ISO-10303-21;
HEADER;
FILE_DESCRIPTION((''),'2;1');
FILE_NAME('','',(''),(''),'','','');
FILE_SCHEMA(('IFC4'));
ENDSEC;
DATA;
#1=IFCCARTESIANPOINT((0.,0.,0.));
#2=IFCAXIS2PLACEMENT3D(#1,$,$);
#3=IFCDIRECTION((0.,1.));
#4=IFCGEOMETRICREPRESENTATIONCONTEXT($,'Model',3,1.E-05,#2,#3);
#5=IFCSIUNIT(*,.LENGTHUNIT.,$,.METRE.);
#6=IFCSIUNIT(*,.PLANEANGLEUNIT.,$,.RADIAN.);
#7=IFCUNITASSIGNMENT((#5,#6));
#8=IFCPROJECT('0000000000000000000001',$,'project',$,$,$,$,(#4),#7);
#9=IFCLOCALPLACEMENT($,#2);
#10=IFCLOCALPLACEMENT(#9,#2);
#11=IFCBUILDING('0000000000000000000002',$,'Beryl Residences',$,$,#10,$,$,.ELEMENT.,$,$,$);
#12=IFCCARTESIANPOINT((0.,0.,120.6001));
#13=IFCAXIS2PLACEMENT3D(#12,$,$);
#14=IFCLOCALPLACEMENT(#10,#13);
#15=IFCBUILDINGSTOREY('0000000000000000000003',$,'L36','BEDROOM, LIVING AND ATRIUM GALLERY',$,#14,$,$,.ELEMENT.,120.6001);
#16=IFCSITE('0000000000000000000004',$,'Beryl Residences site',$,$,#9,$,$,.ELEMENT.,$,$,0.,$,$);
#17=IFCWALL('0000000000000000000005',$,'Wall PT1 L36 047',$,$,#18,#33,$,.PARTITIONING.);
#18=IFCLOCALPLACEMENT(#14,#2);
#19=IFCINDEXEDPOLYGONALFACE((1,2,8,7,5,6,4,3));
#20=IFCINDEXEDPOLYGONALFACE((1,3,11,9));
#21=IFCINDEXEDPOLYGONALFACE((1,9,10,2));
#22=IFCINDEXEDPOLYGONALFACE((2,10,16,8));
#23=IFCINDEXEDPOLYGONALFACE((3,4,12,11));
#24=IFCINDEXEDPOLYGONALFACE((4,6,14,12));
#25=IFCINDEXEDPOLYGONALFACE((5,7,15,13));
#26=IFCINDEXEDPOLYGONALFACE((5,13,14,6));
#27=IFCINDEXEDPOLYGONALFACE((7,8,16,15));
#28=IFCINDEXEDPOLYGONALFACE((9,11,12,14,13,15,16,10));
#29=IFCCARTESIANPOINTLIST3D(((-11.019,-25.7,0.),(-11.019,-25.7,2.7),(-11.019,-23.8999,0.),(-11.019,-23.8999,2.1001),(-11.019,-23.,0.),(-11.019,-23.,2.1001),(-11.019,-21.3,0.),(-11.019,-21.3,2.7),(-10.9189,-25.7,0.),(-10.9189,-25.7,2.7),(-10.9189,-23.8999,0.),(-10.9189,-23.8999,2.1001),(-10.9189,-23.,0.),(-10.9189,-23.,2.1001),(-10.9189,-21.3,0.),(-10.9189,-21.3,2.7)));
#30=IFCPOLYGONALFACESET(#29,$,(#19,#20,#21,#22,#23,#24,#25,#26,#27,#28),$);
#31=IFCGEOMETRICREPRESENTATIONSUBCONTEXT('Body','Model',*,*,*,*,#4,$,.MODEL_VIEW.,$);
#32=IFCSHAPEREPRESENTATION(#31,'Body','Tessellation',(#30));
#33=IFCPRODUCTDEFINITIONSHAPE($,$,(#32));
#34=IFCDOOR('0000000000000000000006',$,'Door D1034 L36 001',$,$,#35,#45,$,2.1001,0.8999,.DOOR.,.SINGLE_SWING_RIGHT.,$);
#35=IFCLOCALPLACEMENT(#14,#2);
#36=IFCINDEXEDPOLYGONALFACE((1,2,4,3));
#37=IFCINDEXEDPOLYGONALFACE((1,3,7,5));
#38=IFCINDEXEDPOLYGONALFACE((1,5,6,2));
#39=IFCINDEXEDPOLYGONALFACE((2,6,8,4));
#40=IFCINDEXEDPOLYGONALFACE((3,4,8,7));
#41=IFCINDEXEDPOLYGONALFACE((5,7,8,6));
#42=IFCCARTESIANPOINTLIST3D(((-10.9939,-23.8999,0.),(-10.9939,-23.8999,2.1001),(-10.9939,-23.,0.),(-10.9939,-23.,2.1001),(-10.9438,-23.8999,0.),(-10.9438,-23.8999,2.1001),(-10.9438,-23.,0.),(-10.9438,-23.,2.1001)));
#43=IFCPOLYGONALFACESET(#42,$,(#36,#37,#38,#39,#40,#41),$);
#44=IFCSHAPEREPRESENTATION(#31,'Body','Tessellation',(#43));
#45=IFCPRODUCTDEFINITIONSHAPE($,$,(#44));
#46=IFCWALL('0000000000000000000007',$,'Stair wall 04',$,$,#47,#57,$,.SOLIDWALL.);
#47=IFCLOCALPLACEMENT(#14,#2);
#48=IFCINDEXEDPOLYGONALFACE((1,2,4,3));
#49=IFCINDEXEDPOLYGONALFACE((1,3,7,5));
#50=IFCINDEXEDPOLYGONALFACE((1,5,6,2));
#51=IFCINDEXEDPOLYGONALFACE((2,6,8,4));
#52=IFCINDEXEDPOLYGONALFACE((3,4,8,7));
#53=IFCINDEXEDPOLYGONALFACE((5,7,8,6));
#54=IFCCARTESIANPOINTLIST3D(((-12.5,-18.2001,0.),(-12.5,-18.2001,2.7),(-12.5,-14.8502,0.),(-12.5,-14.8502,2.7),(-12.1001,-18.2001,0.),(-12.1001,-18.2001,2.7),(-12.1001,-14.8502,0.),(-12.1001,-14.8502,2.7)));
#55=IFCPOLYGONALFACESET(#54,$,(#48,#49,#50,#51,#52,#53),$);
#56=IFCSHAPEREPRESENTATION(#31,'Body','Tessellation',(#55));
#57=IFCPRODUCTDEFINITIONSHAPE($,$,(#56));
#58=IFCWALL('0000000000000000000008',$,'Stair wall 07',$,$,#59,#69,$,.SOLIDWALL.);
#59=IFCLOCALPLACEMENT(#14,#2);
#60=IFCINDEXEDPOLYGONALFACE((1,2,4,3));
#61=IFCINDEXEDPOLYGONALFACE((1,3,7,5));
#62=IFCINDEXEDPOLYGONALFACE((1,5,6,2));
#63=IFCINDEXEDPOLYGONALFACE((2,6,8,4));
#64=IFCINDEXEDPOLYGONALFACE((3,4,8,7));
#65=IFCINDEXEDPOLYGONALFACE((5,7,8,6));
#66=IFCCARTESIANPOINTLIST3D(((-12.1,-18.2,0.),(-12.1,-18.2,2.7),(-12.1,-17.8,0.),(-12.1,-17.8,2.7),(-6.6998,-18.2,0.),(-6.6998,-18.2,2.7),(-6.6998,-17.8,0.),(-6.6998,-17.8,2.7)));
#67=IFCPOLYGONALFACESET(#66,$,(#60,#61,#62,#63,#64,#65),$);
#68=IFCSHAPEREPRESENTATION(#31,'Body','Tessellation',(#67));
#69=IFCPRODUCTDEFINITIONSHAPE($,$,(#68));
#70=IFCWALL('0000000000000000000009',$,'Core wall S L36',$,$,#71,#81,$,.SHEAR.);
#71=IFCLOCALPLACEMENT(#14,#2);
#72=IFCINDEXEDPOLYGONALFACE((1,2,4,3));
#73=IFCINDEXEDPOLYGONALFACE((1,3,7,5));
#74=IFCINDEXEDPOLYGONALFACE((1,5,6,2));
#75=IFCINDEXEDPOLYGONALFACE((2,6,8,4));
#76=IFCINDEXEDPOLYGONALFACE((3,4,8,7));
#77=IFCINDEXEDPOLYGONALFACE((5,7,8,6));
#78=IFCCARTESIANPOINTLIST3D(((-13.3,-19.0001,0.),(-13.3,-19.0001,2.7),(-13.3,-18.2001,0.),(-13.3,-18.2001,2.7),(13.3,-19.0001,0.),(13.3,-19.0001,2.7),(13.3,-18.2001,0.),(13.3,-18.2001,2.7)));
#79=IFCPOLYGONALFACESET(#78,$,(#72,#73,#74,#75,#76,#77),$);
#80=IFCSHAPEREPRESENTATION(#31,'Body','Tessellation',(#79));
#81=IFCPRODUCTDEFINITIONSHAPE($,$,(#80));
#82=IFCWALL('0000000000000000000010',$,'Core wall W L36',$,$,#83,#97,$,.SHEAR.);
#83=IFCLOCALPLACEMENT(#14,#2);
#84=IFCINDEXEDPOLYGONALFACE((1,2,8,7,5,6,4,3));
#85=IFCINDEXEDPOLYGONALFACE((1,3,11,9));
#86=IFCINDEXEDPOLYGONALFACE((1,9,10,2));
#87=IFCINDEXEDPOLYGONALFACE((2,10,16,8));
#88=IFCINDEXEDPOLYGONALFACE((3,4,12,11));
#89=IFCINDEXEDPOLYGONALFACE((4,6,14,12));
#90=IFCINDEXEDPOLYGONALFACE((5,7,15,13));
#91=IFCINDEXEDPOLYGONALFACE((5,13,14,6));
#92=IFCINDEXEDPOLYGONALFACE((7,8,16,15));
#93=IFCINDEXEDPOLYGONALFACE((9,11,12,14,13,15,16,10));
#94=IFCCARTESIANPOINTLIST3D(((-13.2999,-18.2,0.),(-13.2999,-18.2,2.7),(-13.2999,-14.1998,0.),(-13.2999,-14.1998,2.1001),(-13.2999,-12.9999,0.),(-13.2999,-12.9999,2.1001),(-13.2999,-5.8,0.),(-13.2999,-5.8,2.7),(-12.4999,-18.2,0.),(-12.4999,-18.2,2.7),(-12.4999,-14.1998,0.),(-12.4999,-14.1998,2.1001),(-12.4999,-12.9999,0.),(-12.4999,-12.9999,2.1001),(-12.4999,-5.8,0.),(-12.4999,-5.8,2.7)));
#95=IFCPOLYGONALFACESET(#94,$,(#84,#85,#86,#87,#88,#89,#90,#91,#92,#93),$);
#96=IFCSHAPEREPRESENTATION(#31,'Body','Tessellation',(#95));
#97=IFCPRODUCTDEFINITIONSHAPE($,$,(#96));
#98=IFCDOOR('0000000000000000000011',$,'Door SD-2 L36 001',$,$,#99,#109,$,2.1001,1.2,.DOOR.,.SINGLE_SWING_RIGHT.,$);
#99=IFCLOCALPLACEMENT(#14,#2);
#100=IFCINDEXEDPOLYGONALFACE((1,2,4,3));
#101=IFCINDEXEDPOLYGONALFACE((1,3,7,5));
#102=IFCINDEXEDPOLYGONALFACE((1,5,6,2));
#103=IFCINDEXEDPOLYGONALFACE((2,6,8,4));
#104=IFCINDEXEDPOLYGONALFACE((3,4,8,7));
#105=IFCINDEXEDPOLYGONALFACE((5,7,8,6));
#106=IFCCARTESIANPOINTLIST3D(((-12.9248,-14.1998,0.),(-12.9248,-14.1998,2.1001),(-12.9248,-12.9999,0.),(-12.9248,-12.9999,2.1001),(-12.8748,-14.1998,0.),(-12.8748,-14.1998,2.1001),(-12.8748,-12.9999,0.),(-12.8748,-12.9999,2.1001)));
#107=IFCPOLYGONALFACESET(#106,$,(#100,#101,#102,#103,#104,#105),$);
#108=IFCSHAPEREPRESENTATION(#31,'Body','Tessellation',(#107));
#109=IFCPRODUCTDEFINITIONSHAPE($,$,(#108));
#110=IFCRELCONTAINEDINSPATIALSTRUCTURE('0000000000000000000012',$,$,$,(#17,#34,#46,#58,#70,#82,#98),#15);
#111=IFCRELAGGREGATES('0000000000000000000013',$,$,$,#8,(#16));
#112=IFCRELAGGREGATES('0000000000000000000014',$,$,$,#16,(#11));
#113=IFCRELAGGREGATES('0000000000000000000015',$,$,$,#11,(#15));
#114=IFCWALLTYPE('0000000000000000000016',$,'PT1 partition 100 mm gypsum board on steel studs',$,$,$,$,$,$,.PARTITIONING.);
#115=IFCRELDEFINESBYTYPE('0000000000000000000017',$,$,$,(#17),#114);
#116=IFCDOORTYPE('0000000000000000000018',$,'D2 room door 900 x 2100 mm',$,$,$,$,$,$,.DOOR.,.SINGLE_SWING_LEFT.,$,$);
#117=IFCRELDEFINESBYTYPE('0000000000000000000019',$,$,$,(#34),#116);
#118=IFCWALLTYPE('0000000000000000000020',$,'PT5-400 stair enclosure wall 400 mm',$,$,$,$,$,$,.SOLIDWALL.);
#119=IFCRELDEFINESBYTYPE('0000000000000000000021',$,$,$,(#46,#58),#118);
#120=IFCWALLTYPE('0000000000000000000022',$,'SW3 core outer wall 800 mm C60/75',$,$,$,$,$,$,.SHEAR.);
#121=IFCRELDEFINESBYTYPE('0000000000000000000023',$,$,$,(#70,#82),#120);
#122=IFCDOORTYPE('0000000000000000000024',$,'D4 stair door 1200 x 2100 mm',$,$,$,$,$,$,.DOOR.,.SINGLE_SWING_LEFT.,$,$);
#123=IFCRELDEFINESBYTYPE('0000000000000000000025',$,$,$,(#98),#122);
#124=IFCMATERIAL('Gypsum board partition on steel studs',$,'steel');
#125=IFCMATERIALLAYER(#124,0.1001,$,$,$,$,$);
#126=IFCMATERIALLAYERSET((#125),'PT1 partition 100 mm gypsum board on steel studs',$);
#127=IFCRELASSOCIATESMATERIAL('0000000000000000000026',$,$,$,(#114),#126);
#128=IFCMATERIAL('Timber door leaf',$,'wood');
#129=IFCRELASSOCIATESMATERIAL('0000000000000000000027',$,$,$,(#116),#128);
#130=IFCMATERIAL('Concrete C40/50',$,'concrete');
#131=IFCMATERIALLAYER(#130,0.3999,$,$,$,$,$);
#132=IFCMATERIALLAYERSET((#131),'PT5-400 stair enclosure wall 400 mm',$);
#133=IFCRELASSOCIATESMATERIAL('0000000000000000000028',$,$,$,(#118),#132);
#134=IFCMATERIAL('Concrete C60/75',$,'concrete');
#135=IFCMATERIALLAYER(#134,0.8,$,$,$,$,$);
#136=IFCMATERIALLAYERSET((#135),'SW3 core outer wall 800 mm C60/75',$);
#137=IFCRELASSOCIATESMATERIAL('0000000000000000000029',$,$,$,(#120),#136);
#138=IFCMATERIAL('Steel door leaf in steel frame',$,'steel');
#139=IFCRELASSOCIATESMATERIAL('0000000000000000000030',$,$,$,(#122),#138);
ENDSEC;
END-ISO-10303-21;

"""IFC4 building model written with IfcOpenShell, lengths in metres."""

from ifc_helpers import new_model, si_unit, direction, frame, frame_2d, origin, place, context, subcontext, project, spatial, rectangle, extrude, material, layer, layer_set, type_object, element, fill, save


model = new_model("IFC4")

# Units and contexts
model_context = context("Model", 3, precision=1e-05, world=origin(), true_north=direction((0.0, 1.0)))
body_context = subcontext(model_context, "Body", "Model", "MODEL_VIEW")
ifc_project = project(units=[si_unit("LENGTHUNIT", "METRE"), si_unit("PLANEANGLEUNIT", "RADIAN")], contexts=[model_context])

# Site, building, storey
site_placement = place(None, origin())
site = spatial("IfcSite", under=ifc_project, at=site_placement, Name="Beryl Residences site", CompositionType="ELEMENT", RefElevation=0.0)
building_placement = place(site_placement, origin())
building = spatial("IfcBuilding", under=site, at=building_placement, Name="Beryl Residences", CompositionType="ELEMENT")
storey_placement = place(building_placement, frame((0.0, 0.0, 120.6001)))
storey = spatial("IfcBuildingStorey", under=building, at=storey_placement, Name="L36", Description="BEDROOM, LIVING AND ATRIUM GALLERY", CompositionType="ELEMENT", Elevation=120.6001)

# Wall, opening, door
ifc_material_1 = material(Name="Gypsum board partition on steel studs", Category="steel")
ifc_layer_1 = layer(ifc_material_1, 0.1001)
ifc_layer_set_1 = layer_set([ifc_layer_1], Name="PT1 partition 100 mm gypsum board on steel studs")
wall_type_1 = type_object("IfcWallType", Name="PT1 partition 100 mm gypsum board on steel studs", PredefinedType="PARTITIONING", material=ifc_layer_set_1)
wall_1_placement = place(storey_placement, frame((-10.969, -25.7, 0.0), z_axis=(0.0, 0.0, 1.0), x_axis=(0.0, 1.0, 0.0)))
wall_1 = element("IfcWall", 1, at=wall_1_placement, inside=storey, type_object=wall_type_1, Name="Wall PT1 L36 047", PredefinedType="PARTITIONING", context=body_context, shape_type="SweptSolid", body=[
    extrude(rectangle(XDim=4.3999, YDim=0.1001, at=frame_2d((2.2, 0.0))), origin(), (0.0, 0.0, 1.0), 2.7),
])
opening_1_placement = place(wall_1_placement, frame((1.8, 0.0, 0.0)))
opening_1 = element("IfcOpeningElement", 2, at=opening_1_placement, cuts=wall_1, PredefinedType="OPENING", context=body_context, shape_type="SweptSolid", body=[
    extrude(rectangle(XDim=0.8999, YDim=2.1001, at=frame_2d((0.45, 1.05))), frame((0.0, 0.0601, 0.0), z_axis=(0.0, -1.0, 0.0), x_axis=(1.0, 0.0, 0.0)), (0.0, 0.0, 1.0), 0.1201),
])
ifc_material_2 = material(Name="Timber door leaf", Category="wood")
door_type_1 = type_object("IfcDoorType", Name="D2 room door 900 x 2100 mm", OperationType="SINGLE_SWING_LEFT", PredefinedType="DOOR", material=ifc_material_2)
door_1_placement = place(opening_1_placement, origin())
door_1 = element("IfcDoor", 3, at=door_1_placement, inside=storey, type_object=door_type_1, Name="Door D1034 L36 001", OperationType="SINGLE_SWING_RIGHT", OverallHeight=2.1001, OverallWidth=0.8999, PredefinedType="DOOR", context=body_context, shape_type="SweptSolid", body=[
    extrude(rectangle(XDim=0.8999, YDim=2.1001, at=frame_2d((0.45, 1.05))), frame((0.0, 0.0249, 0.0), z_axis=(0.0, -1.0, 0.0), x_axis=(1.0, 0.0, 0.0)), (0.0, 0.0, 1.0), 0.05),
])
fill(opening_1, door_1)

# Walls
ifc_material_3 = material(Name="Concrete C40/50", Category="concrete")
ifc_layer_2 = layer(ifc_material_3, 0.3999)
ifc_layer_set_2 = layer_set([ifc_layer_2], Name="PT5-400 stair enclosure wall 400 mm")
wall_type_2 = type_object("IfcWallType", Name="PT5-400 stair enclosure wall 400 mm", PredefinedType="SOLIDWALL", material=ifc_layer_set_2)
wall_2_placement = place(storey_placement, frame((-12.3, -18.2, 0.0), z_axis=(0.0, 0.0, 1.0), x_axis=(0.0, 1.0, 0.0)))
element("IfcWall", 4, at=wall_2_placement, inside=storey, type_object=wall_type_2, Name="Stair wall 04", PredefinedType="SOLIDWALL", context=body_context, shape_type="SweptSolid", body=[
    extrude(rectangle(XDim=3.3499, YDim=0.3999, at=frame_2d((1.6748, 0.0))), origin(), (0.0, 0.0, 1.0), 2.7),
])
wall_3_placement = place(storey_placement, frame((-12.1001, -18.0, 0.0), z_axis=(0.0, 0.0, 1.0), x_axis=(1.0, 0.0, 0.0)))
element("IfcWall", 5, at=wall_3_placement, inside=storey, type_object=wall_type_2, Name="Stair wall 07", PredefinedType="SOLIDWALL", context=body_context, shape_type="SweptSolid", body=[
    extrude(rectangle(XDim=5.4001, YDim=0.3999, at=frame_2d((2.7002, 0.0))), origin(), (0.0, 0.0, 1.0), 2.7),
])
ifc_material_4 = material(Name="Concrete C60/75", Category="concrete")
ifc_layer_3 = layer(ifc_material_4, 0.8)
ifc_layer_set_3 = layer_set([ifc_layer_3], Name="SW3 core outer wall 800 mm C60/75")
wall_type_3 = type_object("IfcWallType", Name="SW3 core outer wall 800 mm C60/75", PredefinedType="SHEAR", material=ifc_layer_set_3)
wall_4_placement = place(storey_placement, frame((-13.3, -18.6001, 0.0), z_axis=(0.0, 0.0, 1.0), x_axis=(1.0, 0.0, 0.0)))
element("IfcWall", 6, at=wall_4_placement, inside=storey, type_object=wall_type_3, Name="Core wall S L36", PredefinedType="SHEAR", context=body_context, shape_type="SweptSolid", body=[
    extrude(rectangle(XDim=26.6001, YDim=0.8, at=frame_2d((13.3, 0.0))), origin(), (0.0, 0.0, 1.0), 2.7),
])

# Wall, opening, door
wall_5_placement = place(storey_placement, frame((-12.8999, -18.2, 0.0), z_axis=(0.0, 0.0, 1.0), x_axis=(0.0, 1.0, 0.0)))
wall_5 = element("IfcWall", 7, at=wall_5_placement, inside=storey, type_object=wall_type_3, Name="Core wall W L36", PredefinedType="SHEAR", context=body_context, shape_type="SweptSolid", body=[
    extrude(rectangle(XDim=12.3999, YDim=0.8, at=frame_2d((6.2, 0.0))), origin(), (0.0, 0.0, 1.0), 2.7),
])
opening_2_placement = place(wall_5_placement, frame((4.0, 0.0, 0.0)))
opening_2 = element("IfcOpeningElement", 8, at=opening_2_placement, cuts=wall_5, PredefinedType="OPENING", context=body_context, shape_type="SweptSolid", body=[
    extrude(rectangle(XDim=1.2, YDim=2.1001, at=frame_2d((0.6001, 1.05))), frame((0.0, 0.4099, 0.0), z_axis=(0.0, -1.0, 0.0), x_axis=(1.0, 0.0, 0.0)), (0.0, 0.0, 1.0), 0.8201),
])
ifc_material_5 = material(Name="Steel door leaf in steel frame", Category="steel")
door_type_2 = type_object("IfcDoorType", Name="D4 stair door 1200 x 2100 mm", OperationType="SINGLE_SWING_LEFT", PredefinedType="DOOR", material=ifc_material_5)
door_2_placement = place(opening_2_placement, origin())
door_2 = element("IfcDoor", 9, at=door_2_placement, inside=storey, type_object=door_type_2, Name="Door SD-2 L36 001", OperationType="SINGLE_SWING_RIGHT", OverallHeight=2.1001, OverallWidth=1.2, PredefinedType="DOOR", context=body_context, shape_type="SweptSolid", body=[
    extrude(rectangle(XDim=1.2, YDim=2.1001, at=frame_2d((0.6001, 1.05))), frame((0.0, 0.0249, 0.0), z_axis=(0.0, -1.0, 0.0), x_axis=(1.0, 0.0, 0.0)), (0.0, 0.0, 1.0), 0.05),
])
fill(opening_2, door_2)

save(model, "model.ifc")
